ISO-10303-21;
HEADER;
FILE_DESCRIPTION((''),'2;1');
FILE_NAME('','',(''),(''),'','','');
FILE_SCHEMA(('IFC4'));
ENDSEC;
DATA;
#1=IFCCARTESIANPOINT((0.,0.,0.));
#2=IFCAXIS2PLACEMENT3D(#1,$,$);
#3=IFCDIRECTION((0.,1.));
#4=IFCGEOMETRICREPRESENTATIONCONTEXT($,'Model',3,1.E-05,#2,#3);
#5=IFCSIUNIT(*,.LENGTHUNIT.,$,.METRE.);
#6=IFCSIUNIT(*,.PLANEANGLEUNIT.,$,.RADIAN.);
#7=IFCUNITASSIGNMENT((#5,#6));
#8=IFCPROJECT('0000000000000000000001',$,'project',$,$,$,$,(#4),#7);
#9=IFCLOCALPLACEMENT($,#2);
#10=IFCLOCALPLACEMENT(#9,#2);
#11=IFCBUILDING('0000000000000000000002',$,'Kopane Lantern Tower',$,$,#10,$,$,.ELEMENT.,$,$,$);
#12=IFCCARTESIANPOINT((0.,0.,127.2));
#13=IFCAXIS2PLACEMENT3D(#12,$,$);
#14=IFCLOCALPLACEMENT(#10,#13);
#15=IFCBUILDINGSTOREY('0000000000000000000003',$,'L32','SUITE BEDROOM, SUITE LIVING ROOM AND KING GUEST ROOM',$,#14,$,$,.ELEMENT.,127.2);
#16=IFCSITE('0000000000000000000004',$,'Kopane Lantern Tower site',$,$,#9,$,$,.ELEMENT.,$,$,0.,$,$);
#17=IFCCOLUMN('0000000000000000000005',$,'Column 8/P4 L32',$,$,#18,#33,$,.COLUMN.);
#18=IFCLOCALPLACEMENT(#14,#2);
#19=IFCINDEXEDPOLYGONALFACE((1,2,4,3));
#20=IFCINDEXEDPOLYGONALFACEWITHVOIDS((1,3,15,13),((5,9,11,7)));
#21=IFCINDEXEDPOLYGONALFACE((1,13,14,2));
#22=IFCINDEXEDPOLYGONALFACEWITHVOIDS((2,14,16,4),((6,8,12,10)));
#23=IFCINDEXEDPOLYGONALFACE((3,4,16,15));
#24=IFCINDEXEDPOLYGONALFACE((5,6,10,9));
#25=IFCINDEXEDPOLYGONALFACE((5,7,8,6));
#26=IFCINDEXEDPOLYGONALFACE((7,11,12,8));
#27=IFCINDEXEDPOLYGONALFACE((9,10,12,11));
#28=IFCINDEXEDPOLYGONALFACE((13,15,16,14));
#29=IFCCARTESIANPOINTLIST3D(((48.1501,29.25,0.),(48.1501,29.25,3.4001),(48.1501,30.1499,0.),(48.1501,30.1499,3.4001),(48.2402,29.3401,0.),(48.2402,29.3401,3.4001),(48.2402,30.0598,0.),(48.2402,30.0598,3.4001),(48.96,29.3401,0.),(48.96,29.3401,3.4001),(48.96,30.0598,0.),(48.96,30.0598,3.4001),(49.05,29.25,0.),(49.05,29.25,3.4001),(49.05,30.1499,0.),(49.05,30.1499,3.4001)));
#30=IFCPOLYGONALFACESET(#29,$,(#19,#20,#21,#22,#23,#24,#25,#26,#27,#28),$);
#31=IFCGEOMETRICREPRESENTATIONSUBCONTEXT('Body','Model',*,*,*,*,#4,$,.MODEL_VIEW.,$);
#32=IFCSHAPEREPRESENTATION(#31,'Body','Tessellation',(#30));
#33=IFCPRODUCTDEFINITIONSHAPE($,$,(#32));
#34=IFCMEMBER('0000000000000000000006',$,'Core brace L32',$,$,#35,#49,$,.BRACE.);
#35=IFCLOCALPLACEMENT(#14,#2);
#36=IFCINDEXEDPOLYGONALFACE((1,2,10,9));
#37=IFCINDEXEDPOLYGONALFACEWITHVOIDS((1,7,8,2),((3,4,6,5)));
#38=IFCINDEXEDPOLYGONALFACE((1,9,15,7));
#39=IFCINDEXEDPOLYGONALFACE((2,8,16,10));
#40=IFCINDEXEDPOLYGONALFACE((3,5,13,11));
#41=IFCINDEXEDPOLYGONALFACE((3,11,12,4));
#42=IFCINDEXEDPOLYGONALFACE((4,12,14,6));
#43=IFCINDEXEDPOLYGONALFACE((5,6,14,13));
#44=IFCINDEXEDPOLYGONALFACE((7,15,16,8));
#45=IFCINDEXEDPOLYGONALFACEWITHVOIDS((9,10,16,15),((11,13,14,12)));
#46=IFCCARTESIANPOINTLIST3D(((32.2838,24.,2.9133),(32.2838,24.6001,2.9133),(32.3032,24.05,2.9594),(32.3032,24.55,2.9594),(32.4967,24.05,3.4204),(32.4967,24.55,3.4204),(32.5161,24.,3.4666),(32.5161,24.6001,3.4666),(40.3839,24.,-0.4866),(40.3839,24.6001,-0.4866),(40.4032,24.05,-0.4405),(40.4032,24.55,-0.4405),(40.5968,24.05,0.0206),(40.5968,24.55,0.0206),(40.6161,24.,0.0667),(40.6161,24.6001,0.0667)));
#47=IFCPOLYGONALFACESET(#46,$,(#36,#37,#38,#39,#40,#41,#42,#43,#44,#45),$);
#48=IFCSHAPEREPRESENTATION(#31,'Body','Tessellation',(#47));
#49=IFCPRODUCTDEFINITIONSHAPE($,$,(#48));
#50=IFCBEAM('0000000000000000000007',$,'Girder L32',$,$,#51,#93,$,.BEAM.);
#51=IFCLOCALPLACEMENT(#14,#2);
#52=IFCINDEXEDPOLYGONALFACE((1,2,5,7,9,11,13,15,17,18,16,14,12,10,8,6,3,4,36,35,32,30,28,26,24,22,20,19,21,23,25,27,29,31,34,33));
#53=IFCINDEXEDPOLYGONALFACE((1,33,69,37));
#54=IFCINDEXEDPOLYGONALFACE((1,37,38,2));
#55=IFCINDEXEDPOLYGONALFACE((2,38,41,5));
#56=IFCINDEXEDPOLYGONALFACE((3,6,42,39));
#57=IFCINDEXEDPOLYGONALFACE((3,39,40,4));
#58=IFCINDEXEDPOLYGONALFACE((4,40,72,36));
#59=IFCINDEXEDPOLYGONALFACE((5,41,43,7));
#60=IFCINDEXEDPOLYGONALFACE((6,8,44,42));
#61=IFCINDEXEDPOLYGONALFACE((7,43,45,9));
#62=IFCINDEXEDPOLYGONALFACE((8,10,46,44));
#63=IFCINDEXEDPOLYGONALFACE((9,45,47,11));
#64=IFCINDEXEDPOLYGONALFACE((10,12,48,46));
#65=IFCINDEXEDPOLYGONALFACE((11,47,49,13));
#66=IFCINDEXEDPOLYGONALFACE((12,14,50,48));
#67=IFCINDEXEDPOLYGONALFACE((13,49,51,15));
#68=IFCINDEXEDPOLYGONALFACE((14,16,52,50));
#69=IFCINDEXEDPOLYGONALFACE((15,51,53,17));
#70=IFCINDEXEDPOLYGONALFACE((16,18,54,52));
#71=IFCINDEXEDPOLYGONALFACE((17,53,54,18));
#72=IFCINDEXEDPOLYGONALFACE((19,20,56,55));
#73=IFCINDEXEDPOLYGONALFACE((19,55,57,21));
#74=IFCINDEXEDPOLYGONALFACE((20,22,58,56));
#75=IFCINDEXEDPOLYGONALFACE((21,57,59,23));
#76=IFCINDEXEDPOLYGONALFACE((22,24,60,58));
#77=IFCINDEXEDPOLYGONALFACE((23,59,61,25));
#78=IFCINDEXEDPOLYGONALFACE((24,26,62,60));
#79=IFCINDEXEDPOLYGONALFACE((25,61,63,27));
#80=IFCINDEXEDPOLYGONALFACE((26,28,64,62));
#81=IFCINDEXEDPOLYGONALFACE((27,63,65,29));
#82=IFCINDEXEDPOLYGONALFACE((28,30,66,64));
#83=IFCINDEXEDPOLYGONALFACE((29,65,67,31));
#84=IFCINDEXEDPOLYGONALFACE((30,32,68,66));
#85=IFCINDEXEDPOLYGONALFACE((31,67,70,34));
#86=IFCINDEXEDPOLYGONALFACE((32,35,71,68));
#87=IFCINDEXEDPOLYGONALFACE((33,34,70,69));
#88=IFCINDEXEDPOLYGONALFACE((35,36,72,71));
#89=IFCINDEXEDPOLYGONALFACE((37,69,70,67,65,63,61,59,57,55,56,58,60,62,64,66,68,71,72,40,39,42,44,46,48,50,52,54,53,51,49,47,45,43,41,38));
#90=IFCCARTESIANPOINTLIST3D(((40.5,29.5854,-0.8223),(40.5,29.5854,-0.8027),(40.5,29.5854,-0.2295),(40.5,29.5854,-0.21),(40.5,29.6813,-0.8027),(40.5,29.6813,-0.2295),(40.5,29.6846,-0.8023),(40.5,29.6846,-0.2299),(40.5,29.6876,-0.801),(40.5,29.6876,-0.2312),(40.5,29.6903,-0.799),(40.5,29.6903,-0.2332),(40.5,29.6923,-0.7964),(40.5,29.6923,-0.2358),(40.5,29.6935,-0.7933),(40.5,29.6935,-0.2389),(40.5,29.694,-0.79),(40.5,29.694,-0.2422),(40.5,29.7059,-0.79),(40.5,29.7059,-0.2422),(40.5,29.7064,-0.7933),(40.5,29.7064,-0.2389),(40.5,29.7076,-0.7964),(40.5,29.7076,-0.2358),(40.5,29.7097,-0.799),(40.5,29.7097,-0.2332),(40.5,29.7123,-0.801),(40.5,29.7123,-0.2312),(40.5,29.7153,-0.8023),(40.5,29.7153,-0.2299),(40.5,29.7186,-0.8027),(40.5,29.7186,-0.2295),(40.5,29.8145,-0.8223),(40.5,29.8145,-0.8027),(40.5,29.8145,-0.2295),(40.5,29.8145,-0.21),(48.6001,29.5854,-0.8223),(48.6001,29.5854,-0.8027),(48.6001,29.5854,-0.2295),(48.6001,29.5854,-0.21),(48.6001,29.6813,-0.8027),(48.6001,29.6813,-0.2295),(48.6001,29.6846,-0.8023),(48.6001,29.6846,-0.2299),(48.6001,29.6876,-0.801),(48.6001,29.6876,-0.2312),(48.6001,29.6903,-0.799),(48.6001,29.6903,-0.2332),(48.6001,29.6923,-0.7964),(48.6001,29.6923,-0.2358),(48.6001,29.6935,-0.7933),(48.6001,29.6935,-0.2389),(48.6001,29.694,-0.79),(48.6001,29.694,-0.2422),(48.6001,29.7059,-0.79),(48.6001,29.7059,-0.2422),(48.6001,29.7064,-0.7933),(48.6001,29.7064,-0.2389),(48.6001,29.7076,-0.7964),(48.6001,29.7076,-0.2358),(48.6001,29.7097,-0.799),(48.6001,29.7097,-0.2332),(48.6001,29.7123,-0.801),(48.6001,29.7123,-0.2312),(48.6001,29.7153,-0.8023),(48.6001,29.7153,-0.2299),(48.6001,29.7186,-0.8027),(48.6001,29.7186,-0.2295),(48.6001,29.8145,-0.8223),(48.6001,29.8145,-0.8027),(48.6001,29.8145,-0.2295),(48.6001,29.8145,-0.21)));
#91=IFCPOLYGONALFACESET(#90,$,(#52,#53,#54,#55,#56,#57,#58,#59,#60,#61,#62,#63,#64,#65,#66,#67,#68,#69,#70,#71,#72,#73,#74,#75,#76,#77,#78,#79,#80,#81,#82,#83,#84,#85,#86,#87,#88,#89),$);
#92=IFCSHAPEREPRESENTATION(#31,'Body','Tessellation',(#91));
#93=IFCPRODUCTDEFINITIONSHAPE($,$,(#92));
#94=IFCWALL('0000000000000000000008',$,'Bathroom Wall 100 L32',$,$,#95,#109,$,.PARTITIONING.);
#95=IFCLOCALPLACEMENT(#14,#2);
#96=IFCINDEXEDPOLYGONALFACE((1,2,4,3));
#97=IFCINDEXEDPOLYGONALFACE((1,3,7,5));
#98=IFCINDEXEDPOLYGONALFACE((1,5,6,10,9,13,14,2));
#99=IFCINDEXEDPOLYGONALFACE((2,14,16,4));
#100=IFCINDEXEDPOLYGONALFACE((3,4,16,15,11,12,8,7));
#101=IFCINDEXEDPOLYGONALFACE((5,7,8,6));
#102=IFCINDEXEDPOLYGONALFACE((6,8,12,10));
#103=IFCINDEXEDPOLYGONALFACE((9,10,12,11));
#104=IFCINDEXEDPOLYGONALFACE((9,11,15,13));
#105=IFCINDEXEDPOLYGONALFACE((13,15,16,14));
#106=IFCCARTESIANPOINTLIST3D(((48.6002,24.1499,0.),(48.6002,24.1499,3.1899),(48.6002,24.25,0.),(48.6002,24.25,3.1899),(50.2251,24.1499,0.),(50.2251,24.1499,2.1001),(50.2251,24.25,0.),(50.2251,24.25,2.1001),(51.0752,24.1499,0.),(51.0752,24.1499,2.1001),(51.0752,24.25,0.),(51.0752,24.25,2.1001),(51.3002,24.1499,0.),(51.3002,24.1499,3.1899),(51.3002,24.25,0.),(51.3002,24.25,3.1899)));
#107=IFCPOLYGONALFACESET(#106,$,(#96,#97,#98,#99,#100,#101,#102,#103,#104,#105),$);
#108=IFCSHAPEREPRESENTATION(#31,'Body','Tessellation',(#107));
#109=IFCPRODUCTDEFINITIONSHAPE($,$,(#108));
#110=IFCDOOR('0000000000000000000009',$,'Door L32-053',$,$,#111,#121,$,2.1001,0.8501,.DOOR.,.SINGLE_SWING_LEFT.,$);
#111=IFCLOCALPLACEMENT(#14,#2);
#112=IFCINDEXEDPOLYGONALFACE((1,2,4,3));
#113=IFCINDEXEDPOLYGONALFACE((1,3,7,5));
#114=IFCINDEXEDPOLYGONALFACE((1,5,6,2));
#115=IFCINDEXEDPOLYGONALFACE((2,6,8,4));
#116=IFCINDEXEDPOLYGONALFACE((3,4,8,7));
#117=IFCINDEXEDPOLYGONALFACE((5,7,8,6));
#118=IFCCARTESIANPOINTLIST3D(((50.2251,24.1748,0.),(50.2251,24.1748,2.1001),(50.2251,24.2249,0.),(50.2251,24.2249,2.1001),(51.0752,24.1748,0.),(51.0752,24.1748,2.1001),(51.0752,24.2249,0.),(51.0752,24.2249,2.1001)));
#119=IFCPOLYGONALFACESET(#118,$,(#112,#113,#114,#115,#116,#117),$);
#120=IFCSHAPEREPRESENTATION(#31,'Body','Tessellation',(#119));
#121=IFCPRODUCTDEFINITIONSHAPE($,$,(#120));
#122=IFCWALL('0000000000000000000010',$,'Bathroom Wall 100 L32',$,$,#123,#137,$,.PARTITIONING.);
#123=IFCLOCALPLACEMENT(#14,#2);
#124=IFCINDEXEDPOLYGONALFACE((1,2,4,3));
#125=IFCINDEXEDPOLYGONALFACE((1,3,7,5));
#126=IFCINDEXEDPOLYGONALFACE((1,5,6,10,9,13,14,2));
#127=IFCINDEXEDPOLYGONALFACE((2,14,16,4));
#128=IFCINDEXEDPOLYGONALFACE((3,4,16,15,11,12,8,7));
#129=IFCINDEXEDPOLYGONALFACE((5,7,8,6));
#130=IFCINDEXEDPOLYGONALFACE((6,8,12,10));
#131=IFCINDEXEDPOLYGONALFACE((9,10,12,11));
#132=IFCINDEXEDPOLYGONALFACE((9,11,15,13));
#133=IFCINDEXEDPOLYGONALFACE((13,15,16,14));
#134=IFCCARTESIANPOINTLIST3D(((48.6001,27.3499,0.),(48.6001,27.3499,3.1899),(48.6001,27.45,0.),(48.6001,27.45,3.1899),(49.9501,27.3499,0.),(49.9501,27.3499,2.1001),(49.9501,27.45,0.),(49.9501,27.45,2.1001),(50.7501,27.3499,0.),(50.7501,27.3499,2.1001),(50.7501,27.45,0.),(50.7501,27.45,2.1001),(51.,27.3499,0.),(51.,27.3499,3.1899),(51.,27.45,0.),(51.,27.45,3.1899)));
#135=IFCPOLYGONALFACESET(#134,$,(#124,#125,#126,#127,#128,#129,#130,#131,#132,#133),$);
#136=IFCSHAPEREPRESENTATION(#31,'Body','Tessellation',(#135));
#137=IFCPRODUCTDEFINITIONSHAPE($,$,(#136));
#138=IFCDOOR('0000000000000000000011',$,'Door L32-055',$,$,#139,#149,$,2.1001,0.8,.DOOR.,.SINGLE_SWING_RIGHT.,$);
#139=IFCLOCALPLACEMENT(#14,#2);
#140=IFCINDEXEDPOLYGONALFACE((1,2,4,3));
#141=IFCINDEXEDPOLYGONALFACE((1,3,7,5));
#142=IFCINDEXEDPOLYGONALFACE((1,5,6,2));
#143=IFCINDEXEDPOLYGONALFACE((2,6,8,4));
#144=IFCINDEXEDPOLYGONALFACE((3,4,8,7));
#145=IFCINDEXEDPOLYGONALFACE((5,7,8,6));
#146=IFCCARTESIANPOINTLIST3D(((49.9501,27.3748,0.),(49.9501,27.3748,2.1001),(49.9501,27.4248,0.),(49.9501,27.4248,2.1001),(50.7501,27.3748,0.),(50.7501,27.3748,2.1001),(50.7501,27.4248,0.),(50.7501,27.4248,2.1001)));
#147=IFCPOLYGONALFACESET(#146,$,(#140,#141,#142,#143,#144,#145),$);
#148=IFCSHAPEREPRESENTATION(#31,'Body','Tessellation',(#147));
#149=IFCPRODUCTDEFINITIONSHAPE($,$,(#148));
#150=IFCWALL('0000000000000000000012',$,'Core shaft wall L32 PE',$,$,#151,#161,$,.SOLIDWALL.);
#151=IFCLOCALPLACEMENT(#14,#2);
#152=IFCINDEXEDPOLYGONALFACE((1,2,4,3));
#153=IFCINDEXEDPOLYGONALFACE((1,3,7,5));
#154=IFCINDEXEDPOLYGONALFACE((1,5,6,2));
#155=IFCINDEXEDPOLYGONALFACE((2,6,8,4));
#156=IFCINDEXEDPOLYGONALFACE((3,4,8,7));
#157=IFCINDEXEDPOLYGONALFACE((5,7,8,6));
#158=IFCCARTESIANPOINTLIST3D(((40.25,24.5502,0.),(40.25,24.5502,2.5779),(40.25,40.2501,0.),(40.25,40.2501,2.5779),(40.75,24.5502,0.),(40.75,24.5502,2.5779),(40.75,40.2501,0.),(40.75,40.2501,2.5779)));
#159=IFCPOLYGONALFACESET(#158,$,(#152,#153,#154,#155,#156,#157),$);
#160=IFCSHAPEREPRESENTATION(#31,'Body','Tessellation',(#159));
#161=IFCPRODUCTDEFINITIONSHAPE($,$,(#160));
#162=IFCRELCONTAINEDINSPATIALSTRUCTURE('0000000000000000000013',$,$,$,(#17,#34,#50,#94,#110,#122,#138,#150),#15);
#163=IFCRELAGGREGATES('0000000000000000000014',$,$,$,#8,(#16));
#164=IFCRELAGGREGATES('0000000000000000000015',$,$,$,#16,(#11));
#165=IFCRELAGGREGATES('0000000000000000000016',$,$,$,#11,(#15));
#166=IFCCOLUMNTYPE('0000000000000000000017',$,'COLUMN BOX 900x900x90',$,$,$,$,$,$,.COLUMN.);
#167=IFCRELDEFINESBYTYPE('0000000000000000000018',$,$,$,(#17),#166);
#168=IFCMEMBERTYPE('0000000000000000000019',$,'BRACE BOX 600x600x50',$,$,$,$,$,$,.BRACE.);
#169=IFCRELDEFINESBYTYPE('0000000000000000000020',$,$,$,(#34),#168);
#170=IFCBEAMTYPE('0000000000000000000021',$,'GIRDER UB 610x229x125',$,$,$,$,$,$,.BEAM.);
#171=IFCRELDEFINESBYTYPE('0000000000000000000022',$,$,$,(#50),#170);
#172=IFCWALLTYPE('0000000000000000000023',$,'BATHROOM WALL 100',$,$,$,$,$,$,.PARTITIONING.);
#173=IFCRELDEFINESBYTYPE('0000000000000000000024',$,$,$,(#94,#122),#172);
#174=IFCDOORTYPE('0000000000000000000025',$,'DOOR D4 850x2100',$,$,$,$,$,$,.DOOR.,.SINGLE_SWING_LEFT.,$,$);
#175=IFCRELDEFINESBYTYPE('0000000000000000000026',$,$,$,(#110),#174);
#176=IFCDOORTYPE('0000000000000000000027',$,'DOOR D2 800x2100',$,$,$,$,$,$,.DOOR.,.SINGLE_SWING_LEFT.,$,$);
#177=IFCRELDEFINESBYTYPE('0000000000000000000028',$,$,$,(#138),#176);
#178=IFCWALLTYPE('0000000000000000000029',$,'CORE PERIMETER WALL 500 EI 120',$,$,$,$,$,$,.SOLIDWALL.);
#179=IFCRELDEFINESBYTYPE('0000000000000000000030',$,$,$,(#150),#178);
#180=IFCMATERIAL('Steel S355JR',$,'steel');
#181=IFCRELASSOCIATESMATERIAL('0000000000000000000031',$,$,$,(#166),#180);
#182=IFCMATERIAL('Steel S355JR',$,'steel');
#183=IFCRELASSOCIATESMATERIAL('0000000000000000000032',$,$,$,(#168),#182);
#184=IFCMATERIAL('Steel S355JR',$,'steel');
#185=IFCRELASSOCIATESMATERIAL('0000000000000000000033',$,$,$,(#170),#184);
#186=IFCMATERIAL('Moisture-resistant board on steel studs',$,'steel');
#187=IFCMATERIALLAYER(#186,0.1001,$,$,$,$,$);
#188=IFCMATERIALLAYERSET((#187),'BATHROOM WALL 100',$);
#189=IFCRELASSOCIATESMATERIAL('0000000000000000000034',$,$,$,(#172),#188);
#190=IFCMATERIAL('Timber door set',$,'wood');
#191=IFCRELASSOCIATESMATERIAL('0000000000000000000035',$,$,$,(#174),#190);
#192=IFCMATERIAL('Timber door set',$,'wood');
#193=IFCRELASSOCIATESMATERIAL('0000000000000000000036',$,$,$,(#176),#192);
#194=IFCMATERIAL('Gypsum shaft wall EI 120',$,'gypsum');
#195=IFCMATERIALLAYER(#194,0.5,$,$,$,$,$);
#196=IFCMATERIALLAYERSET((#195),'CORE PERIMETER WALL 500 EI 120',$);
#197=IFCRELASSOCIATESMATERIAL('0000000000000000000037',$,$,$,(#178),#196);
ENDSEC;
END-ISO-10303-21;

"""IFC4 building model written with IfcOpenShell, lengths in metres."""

from ifc_helpers import new_model, si_unit, direction, frame, frame_2d, origin, origin_2d, place, context, subcontext, project, spatial, rectangle, hollow_rectangle, i_section, extrude, material, layer, layer_set, material_profile, profile_set, type_object, element, fill, save


model = new_model("IFC4")

# Units and contexts
model_context = context("Model", 3, precision=1e-05, world=origin(), true_north=direction((0.0, 1.0)))
body_context = subcontext(model_context, "Body", "Model", "MODEL_VIEW")
ifc_project = project(units=[si_unit("LENGTHUNIT", "METRE"), si_unit("PLANEANGLEUNIT", "RADIAN")], contexts=[model_context])

# Site, building, storey
site_placement = place(None, origin())
site = spatial("IfcSite", under=ifc_project, at=site_placement, Name="Kopane Lantern Tower site", CompositionType="ELEMENT", RefElevation=0.0)
building_placement = place(site_placement, origin())
building = spatial("IfcBuilding", under=site, at=building_placement, Name="Kopane Lantern Tower", CompositionType="ELEMENT")
storey_placement = place(building_placement, frame((0.0, 0.0, 127.2)))
storey = spatial("IfcBuildingStorey", under=building, at=storey_placement, Name="L32", Description="SUITE BEDROOM, SUITE LIVING ROOM AND KING GUEST ROOM", CompositionType="ELEMENT", Elevation=127.2)

# Column
ifc_material_1 = material(Name="Steel S355JR", Category="steel")
ifc_material_profile_1 = material_profile(ifc_material_1, hollow_rectangle(XDim=0.8999, YDim=0.8999, WallThickness=0.0901, at=origin_2d()), Name="BOX 900x900x90")
ifc_profile_set_1 = profile_set([ifc_material_profile_1], Name="Steel S355JR")
column_type = type_object("IfcColumnType", Name="COLUMN BOX 900x900x90", PredefinedType="COLUMN", material=ifc_profile_set_1)
column_placement = place(storey_placement, frame((48.6001, 29.7, 0.0), z_axis=(0.0, 0.0, 1.0), x_axis=(1.0, 0.0, 0.0)))
element("IfcColumn", 1, at=column_placement, inside=storey, type_object=column_type, Name="Column 8/P4 L32", PredefinedType="COLUMN", context=body_context, shape_type="SweptSolid", body=[
    extrude(hollow_rectangle(XDim=0.8999, YDim=0.8999, WallThickness=0.0901, at=origin_2d()), origin(), (0.0, 0.0, 1.0), 3.4001),
])

# Member
ifc_material_2 = material(Name="Steel S355JR", Category="steel")
ifc_material_profile_2 = material_profile(ifc_material_2, hollow_rectangle(XDim=0.6001, YDim=0.6001, WallThickness=0.05, at=origin_2d()), Name="BOX 600x600x50")
ifc_profile_set_2 = profile_set([ifc_material_profile_2], Name="Steel S355JR")
member_type = type_object("IfcMemberType", Name="BRACE BOX 600x600x50", PredefinedType="BRACE", material=ifc_profile_set_2)
member_placement = place(storey_placement, frame((40.5, 24.3, -0.21), z_axis=(-0.922069, 0.0, 0.387026), x_axis=(0.0, -1.0, 0.0)))
element("IfcMember", 2, at=member_placement, inside=storey, type_object=member_type, Name="Core brace L32", PredefinedType="BRACE", context=body_context, shape_type="SweptSolid", body=[
    extrude(hollow_rectangle(XDim=0.6001, YDim=0.6001, WallThickness=0.05, at=origin_2d()), origin(), (0.0, 0.0, 1.0), 8.7847),
])

# Beam
ifc_material_3 = material(Name="Steel S355JR", Category="steel")
ifc_material_profile_3 = material_profile(ifc_material_3, i_section(OverallWidth=0.229, OverallDepth=0.6123, WebThickness=0.012, FlangeThickness=0.0195, FilletRadius=0.0127, at=origin_2d()), Name="UB 610x229x125")
ifc_profile_set_3 = profile_set([ifc_material_profile_3], Name="Steel S355JR")
beam_type = type_object("IfcBeamType", Name="GIRDER UB 610x229x125", PredefinedType="BEAM", material=ifc_profile_set_3)
beam_placement = place(storey_placement, frame((40.5, 29.7, -0.5161), z_axis=(1.0, 0.0, 0.0), x_axis=(0.0, 1.0, 0.0)))
element("IfcBeam", 3, at=beam_placement, inside=storey, type_object=beam_type, Name="Girder L32", PredefinedType="BEAM", context=body_context, shape_type="SweptSolid", body=[
    extrude(i_section(OverallWidth=0.229, OverallDepth=0.6123, WebThickness=0.012, FlangeThickness=0.0195, FilletRadius=0.0127, at=origin_2d()), origin(), (0.0, 0.0, 1.0), 8.1001),
])

# Walls, openings, doors
ifc_material_4 = material(Name="Moisture-resistant board on steel studs", Category="steel")
ifc_layer_1 = layer(ifc_material_4, 0.1001)
ifc_layer_set_1 = layer_set([ifc_layer_1], Name="BATHROOM WALL 100")
wall_type_1 = type_object("IfcWallType", Name="BATHROOM WALL 100", PredefinedType="PARTITIONING", material=ifc_layer_set_1)
wall_1_placement = place(storey_placement, frame((48.6001, 24.2, 0.0), z_axis=(0.0, 0.0, 1.0), x_axis=(1.0, 0.0, 0.0)))
wall_1 = element("IfcWall", 4, at=wall_1_placement, inside=storey, type_object=wall_type_1, Name="Bathroom Wall 100 L32", PredefinedType="PARTITIONING", context=body_context, shape_type="SweptSolid", body=[
    extrude(rectangle(XDim=2.7, YDim=0.1001, at=frame_2d((1.3501, 0.0))), origin(), (0.0, 0.0, 1.0), 3.1899),
])
opening_1_placement = place(wall_1_placement, frame((1.625, 0.0, 0.0)))
opening_1 = element("IfcOpeningElement", 5, at=opening_1_placement, cuts=wall_1, PredefinedType="OPENING", context=body_context, shape_type="SweptSolid", body=[
    extrude(rectangle(XDim=0.8501, YDim=2.1001, at=frame_2d((0.425, 1.05))), frame((0.0, 0.0601, 0.0), z_axis=(0.0, -1.0, 0.0), x_axis=(1.0, 0.0, 0.0)), (0.0, 0.0, 1.0), 0.1201),
])
ifc_material_5 = material(Name="Timber door set", Category="wood")
door_type_1 = type_object("IfcDoorType", Name="DOOR D4 850x2100", OperationType="SINGLE_SWING_LEFT", PredefinedType="DOOR", material=ifc_material_5)
door_1_placement = place(opening_1_placement, origin())
door_1 = element("IfcDoor", 6, at=door_1_placement, inside=storey, type_object=door_type_1, Name="Door L32-053", OperationType="SINGLE_SWING_LEFT", OverallHeight=2.1001, OverallWidth=0.8501, PredefinedType="DOOR", context=body_context, shape_type="SweptSolid", body=[
    extrude(rectangle(XDim=0.8501, YDim=2.1001, at=frame_2d((0.425, 1.05))), frame((0.0, 0.0249, 0.0), z_axis=(0.0, -1.0, 0.0), x_axis=(1.0, 0.0, 0.0)), (0.0, 0.0, 1.0), 0.05),
])
fill(opening_1, door_1)
wall_2_placement = place(storey_placement, frame((48.6001, 27.3999, 0.0), z_axis=(0.0, 0.0, 1.0), x_axis=(1.0, 0.0, 0.0)))
wall_2 = element("IfcWall", 7, at=wall_2_placement, inside=storey, type_object=wall_type_1, Name="Bathroom Wall 100 L32", PredefinedType="PARTITIONING", context=body_context, shape_type="SweptSolid", body=[
    extrude(rectangle(XDim=2.3999, YDim=0.1001, at=frame_2d((1.2, 0.0))), origin(), (0.0, 0.0, 1.0), 3.1899),
])
opening_2_placement = place(wall_2_placement, frame((1.3501, 0.0, 0.0)))
opening_2 = element("IfcOpeningElement", 8, at=opening_2_placement, cuts=wall_2, PredefinedType="OPENING", context=body_context, shape_type="SweptSolid", body=[
    extrude(rectangle(XDim=0.8, YDim=2.1001, at=frame_2d((0.3999, 1.05))), frame((0.0, 0.0601, 0.0), z_axis=(0.0, -1.0, 0.0), x_axis=(1.0, 0.0, 0.0)), (0.0, 0.0, 1.0), 0.1201),
])
ifc_material_6 = material(Name="Timber door set", Category="wood")
door_type_2 = type_object("IfcDoorType", Name="DOOR D2 800x2100", OperationType="SINGLE_SWING_LEFT", PredefinedType="DOOR", material=ifc_material_6)
door_2_placement = place(opening_2_placement, origin())
door_2 = element("IfcDoor", 9, at=door_2_placement, inside=storey, type_object=door_type_2, Name="Door L32-055", OperationType="SINGLE_SWING_RIGHT", OverallHeight=2.1001, OverallWidth=0.8, PredefinedType="DOOR", context=body_context, shape_type="SweptSolid", body=[
    extrude(rectangle(XDim=0.8, YDim=2.1001, at=frame_2d((0.3999, 1.05))), frame((0.0, 0.0249, 0.0), z_axis=(0.0, -1.0, 0.0), x_axis=(1.0, 0.0, 0.0)), (0.0, 0.0, 1.0), 0.05),
])
fill(opening_2, door_2)

# Wall
ifc_material_7 = material(Name="Gypsum shaft wall EI 120", Category="gypsum")
ifc_layer_2 = layer(ifc_material_7, 0.5)
ifc_layer_set_2 = layer_set([ifc_layer_2], Name="CORE PERIMETER WALL 500 EI 120")
wall_type_2 = type_object("IfcWallType", Name="CORE PERIMETER WALL 500 EI 120", PredefinedType="SOLIDWALL", material=ifc_layer_set_2)
wall_3_placement = place(storey_placement, frame((40.5, 24.55, 0.0), z_axis=(0.0, 0.0, 1.0), x_axis=(0.0, 1.0, 0.0)))
element("IfcWall", 10, at=wall_3_placement, inside=storey, type_object=wall_type_2, Name="Core shaft wall L32 PE", PredefinedType="SOLIDWALL", context=body_context, shape_type="SweptSolid", body=[
    extrude(rectangle(XDim=15.7, YDim=0.5, at=frame_2d((7.8501, 0.0))), origin(), (0.0, 0.0, 1.0), 2.5779),
])

save(model, "model.ifc")
